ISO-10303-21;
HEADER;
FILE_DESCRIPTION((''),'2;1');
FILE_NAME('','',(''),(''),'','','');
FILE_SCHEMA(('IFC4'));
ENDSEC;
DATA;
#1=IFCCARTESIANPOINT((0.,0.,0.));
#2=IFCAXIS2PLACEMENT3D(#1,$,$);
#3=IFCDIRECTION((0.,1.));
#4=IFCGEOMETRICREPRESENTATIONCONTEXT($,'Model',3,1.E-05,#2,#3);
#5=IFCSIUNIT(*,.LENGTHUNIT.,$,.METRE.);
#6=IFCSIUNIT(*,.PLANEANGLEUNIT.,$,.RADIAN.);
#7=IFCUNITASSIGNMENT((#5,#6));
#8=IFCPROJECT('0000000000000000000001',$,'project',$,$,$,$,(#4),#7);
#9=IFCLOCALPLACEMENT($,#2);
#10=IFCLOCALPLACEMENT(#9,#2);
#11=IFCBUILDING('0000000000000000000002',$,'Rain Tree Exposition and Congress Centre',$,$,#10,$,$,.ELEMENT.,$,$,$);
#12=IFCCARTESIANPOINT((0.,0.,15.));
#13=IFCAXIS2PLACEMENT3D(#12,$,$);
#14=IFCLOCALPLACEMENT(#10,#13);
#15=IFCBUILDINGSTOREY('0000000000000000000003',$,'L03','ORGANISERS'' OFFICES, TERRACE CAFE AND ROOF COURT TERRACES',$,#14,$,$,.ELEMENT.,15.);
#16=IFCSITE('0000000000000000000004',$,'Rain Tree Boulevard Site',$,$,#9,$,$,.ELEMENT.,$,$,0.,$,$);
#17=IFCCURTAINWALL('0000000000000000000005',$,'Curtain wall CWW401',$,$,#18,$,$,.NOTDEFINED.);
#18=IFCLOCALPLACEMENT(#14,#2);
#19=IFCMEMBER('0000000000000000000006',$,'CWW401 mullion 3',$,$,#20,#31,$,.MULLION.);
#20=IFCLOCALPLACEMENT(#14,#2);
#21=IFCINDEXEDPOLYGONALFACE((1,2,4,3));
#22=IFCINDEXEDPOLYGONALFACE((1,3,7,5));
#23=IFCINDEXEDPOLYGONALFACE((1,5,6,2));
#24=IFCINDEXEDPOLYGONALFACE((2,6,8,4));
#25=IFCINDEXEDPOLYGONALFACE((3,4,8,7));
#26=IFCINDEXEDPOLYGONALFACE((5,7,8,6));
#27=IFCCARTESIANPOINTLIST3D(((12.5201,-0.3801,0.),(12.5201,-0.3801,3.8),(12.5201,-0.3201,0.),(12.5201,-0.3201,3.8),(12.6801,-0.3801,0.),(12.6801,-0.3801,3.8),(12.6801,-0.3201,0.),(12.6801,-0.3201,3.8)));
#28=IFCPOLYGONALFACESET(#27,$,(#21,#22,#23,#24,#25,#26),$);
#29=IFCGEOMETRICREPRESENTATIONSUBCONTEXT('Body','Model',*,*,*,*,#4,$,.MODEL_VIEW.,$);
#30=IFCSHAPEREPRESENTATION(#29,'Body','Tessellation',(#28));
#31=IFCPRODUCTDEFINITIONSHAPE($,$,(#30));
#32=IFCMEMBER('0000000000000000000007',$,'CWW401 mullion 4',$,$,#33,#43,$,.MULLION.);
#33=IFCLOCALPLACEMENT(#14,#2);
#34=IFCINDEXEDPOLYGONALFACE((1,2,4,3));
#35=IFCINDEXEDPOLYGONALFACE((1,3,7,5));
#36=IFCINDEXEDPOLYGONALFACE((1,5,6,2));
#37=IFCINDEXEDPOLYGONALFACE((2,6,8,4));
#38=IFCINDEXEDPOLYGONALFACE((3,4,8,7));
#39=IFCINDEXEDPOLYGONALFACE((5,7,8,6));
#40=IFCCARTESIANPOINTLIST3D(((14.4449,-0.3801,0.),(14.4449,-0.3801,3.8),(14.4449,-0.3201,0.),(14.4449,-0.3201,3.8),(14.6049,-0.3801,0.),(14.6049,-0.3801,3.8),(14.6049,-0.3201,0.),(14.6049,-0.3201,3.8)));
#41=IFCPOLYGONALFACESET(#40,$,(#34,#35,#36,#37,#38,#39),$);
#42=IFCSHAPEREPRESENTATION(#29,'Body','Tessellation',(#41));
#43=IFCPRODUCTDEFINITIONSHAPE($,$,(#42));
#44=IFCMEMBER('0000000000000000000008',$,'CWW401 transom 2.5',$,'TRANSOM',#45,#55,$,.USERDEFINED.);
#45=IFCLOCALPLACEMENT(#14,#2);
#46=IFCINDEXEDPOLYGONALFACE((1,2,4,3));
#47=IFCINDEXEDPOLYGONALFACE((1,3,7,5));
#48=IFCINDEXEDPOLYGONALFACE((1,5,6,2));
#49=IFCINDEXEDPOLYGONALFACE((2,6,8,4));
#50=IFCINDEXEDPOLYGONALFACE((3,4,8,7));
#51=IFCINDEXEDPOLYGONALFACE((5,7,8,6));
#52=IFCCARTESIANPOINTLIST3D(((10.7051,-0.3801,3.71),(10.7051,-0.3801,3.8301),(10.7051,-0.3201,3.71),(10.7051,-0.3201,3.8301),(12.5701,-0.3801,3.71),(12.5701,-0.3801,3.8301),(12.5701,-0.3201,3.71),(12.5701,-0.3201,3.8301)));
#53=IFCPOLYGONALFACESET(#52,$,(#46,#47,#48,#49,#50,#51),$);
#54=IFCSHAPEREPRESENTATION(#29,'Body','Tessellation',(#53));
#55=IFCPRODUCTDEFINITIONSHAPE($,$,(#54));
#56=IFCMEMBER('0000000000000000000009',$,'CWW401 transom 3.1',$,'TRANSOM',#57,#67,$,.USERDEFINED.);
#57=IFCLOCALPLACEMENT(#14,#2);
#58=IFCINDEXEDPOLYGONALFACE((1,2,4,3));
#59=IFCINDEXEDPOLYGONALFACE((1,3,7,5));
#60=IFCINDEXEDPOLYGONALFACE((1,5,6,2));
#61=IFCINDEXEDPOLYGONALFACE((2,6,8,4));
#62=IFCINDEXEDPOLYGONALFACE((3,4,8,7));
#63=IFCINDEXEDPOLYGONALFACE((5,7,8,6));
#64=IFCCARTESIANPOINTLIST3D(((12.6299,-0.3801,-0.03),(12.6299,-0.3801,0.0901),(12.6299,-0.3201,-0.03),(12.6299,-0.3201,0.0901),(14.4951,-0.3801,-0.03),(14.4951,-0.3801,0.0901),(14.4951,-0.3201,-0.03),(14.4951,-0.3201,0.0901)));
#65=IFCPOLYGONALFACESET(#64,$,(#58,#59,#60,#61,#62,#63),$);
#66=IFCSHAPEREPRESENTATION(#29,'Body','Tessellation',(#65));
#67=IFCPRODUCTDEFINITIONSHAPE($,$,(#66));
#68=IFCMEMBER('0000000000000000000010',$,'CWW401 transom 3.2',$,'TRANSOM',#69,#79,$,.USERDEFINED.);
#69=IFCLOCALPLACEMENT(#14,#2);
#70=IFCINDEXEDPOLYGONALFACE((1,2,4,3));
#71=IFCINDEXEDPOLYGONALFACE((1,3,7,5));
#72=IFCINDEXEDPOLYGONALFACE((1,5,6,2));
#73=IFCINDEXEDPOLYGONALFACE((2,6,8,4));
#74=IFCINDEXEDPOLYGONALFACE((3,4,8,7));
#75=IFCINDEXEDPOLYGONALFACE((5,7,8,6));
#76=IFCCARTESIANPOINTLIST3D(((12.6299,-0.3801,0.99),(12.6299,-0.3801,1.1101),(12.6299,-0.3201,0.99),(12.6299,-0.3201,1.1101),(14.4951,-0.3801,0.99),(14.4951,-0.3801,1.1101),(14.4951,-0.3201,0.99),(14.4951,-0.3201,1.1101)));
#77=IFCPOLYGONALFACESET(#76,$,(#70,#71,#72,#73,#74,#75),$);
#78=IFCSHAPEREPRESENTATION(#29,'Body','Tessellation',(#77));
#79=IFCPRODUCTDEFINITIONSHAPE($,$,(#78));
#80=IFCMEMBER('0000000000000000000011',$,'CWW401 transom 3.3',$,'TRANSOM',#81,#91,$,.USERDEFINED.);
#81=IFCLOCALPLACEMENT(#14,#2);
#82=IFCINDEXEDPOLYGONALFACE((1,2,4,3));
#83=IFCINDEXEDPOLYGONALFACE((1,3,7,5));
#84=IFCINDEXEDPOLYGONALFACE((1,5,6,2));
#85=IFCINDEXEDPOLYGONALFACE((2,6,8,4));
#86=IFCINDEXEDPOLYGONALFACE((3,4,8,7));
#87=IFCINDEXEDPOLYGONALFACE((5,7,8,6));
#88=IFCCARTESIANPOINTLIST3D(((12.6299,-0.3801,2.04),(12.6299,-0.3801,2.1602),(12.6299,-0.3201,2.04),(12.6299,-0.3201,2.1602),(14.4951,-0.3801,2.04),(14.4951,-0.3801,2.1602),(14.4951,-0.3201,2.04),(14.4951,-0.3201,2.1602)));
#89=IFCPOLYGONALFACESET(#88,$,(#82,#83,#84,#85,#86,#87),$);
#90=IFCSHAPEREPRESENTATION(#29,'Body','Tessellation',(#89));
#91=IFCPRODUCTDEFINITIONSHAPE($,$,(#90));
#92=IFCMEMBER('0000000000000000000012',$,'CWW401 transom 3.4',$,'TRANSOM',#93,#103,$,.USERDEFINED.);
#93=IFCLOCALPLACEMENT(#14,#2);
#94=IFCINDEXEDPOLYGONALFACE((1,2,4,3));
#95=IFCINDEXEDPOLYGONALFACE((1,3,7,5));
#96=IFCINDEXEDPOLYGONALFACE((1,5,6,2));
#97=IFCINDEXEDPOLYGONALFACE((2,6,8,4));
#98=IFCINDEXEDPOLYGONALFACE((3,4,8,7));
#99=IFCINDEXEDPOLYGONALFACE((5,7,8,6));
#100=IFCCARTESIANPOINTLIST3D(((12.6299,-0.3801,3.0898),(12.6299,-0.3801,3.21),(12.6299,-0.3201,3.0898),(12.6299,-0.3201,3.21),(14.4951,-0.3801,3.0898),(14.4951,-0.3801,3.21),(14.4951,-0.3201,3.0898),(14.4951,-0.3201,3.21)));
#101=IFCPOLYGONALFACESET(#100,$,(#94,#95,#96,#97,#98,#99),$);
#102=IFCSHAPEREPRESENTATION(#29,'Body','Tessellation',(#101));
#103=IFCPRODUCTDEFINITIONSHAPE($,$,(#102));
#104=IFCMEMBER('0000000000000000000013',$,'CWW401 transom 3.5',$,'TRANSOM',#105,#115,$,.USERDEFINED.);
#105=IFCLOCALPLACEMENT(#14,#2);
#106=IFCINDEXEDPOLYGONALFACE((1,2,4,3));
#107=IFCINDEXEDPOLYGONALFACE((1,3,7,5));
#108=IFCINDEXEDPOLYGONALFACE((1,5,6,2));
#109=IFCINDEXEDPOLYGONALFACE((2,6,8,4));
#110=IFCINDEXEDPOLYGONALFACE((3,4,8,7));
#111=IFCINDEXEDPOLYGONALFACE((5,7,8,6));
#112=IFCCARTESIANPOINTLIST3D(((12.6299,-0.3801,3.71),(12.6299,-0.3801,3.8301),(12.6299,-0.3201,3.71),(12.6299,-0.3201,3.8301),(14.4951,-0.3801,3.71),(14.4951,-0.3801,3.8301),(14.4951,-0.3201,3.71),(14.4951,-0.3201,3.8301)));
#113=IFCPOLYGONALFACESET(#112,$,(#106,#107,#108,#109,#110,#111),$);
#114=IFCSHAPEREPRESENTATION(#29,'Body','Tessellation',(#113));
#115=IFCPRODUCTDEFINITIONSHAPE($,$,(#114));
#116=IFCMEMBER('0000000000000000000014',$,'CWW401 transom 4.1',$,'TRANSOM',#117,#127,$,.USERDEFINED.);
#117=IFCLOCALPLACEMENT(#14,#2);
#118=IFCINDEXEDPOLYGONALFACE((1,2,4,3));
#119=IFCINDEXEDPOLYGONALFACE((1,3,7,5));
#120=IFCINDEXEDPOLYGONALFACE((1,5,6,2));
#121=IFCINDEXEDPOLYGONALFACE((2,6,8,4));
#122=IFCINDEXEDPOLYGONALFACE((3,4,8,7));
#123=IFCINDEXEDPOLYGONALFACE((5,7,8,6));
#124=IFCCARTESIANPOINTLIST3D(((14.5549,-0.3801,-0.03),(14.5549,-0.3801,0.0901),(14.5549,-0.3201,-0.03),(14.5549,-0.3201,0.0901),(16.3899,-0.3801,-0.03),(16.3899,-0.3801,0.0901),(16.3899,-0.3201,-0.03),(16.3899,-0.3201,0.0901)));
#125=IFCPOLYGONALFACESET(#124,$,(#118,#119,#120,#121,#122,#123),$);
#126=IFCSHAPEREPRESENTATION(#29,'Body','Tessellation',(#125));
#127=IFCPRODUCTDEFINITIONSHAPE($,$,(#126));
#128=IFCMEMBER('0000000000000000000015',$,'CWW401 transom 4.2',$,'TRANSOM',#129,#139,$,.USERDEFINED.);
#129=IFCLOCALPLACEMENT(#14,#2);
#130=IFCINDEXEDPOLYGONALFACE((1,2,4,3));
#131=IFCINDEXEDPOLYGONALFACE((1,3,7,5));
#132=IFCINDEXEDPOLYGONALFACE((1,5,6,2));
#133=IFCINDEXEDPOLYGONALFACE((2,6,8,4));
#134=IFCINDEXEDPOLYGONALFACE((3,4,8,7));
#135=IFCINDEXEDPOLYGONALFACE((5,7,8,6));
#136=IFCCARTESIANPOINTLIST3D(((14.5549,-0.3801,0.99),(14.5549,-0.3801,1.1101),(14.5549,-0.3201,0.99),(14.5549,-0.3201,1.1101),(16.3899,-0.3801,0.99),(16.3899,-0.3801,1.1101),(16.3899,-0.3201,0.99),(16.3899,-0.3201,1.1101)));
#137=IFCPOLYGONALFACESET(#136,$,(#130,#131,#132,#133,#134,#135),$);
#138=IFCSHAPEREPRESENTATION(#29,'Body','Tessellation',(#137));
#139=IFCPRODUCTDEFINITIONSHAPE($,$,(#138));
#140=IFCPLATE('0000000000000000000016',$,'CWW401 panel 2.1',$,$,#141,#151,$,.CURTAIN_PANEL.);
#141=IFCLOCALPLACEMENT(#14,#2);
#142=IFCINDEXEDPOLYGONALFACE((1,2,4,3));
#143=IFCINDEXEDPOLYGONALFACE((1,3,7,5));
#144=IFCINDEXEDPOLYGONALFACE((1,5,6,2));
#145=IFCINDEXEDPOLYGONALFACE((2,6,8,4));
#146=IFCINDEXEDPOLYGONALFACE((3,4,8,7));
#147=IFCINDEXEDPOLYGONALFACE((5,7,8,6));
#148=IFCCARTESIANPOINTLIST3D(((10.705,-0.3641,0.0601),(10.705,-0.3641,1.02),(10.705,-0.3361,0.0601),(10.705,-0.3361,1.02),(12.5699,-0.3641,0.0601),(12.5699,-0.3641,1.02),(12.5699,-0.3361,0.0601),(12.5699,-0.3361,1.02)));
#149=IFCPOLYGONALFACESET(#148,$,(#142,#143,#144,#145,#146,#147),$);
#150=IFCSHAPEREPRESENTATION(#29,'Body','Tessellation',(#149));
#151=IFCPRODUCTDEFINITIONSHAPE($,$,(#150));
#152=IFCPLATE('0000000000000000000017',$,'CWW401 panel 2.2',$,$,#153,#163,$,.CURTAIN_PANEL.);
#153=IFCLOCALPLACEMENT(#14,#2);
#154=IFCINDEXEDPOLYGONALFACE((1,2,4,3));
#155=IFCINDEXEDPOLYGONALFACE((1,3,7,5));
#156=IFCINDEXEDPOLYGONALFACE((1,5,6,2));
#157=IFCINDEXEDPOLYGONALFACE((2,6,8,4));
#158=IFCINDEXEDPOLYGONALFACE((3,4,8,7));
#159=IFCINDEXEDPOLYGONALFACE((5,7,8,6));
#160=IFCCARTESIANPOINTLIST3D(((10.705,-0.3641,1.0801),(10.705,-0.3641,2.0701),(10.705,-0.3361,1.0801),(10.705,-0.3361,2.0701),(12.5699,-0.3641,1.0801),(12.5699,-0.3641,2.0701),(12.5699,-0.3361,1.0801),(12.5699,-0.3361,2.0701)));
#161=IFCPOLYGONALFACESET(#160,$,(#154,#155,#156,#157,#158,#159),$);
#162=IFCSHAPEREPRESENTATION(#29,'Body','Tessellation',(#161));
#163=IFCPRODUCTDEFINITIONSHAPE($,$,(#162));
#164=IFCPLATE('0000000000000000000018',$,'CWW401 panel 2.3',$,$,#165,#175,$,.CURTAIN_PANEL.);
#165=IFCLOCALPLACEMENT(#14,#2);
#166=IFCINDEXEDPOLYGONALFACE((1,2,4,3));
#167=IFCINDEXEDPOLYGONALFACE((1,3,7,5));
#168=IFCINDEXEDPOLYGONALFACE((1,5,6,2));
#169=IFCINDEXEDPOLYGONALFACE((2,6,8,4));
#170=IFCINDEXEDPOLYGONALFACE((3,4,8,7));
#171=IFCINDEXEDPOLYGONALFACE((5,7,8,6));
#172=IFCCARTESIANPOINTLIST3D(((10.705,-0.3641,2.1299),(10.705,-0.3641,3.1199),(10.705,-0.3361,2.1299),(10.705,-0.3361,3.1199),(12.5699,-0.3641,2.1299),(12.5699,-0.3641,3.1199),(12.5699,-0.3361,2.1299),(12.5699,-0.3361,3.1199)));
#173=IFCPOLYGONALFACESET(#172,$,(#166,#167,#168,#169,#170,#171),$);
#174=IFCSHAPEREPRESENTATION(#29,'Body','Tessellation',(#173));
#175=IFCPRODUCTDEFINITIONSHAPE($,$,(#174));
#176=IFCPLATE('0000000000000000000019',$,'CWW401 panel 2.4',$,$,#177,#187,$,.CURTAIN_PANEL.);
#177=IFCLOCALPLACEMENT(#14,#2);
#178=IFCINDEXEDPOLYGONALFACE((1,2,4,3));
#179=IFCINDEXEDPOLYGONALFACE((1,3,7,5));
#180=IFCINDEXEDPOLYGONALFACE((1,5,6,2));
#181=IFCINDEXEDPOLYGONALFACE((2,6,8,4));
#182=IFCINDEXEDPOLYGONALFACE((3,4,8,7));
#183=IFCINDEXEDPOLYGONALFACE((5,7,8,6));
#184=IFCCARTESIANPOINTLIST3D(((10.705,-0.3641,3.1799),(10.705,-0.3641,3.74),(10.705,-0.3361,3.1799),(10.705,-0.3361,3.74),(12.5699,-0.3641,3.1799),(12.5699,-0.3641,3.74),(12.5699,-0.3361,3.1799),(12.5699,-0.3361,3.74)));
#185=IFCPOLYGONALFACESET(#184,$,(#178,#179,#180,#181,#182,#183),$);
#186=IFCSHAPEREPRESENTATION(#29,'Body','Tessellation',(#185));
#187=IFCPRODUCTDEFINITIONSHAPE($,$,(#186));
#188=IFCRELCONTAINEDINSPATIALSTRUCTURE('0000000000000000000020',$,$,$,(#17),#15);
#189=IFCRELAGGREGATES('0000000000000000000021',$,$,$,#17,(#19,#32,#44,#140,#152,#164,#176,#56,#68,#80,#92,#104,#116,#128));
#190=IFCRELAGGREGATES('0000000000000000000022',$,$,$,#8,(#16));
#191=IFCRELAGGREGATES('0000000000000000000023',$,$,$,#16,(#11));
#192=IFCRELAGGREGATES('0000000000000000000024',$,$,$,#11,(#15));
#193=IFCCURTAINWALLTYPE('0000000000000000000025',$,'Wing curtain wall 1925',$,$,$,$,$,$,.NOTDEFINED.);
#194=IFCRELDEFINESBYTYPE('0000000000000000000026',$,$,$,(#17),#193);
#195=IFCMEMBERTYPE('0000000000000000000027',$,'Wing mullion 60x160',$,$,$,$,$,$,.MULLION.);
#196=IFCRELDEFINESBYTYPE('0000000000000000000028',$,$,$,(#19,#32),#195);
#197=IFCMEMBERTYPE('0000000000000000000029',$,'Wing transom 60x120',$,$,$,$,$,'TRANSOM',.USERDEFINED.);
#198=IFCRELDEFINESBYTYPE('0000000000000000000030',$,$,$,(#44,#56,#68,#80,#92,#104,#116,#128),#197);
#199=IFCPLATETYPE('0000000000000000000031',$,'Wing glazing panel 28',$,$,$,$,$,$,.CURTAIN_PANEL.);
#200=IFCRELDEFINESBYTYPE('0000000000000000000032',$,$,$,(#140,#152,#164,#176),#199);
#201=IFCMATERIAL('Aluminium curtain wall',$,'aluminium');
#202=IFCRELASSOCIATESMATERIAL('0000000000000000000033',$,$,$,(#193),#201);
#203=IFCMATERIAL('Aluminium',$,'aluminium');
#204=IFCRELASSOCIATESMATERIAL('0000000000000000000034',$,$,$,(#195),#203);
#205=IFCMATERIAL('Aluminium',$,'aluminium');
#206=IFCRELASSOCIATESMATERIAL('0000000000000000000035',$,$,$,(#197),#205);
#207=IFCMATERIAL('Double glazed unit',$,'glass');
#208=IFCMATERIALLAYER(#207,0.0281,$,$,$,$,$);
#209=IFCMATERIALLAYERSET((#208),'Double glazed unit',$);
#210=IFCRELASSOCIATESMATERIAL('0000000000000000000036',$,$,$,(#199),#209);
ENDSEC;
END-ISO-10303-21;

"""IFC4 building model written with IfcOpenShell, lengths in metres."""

from ifc_helpers import new_model, si_unit, direction, frame, origin, origin_2d, place, context, subcontext, project, spatial, rectangle, extrude, material, layer, layer_set, material_profile, profile_set, type_object, element, aggregate, save


model = new_model("IFC4")

# Units and contexts
model_context = context("Model", 3, precision=1e-05, world=origin(), true_north=direction((0.0, 1.0)))
body_context = subcontext(model_context, "Body", "Model", "MODEL_VIEW")
ifc_project = project(units=[si_unit("LENGTHUNIT", "METRE"), si_unit("PLANEANGLEUNIT", "RADIAN")], contexts=[model_context])

# Site, building, storey
site_placement = place(None, origin())
site = spatial("IfcSite", under=ifc_project, at=site_placement, Name="Rain Tree Boulevard Site", CompositionType="ELEMENT", RefElevation=0.0)
building_placement = place(site_placement, origin())
building = spatial("IfcBuilding", under=site, at=building_placement, Name="Rain Tree Exposition and Congress Centre", CompositionType="ELEMENT")
storey_placement = place(building_placement, frame((0.0, 0.0, 15.0)))
storey = spatial("IfcBuildingStorey", under=building, at=storey_placement, Name="L03", Description="ORGANISERS' OFFICES, TERRACE CAFE AND ROOF COURT TERRACES", CompositionType="ELEMENT", Elevation=15.0)

# Curtain wall, members, plates
ifc_material_1 = material(Name="Aluminium curtain wall", Category="aluminium")
curtain_wall_type = type_object("IfcCurtainWallType", Name="Wing curtain wall 1925", PredefinedType="NOTDEFINED", material=ifc_material_1)
curtain_wall_placement = place(storey_placement, origin())
curtain_wall = element("IfcCurtainWall", 1, at=curtain_wall_placement, inside=storey, type_object=curtain_wall_type, Name="Curtain wall CWW401", PredefinedType="NOTDEFINED")
ifc_material_2 = material(Name="Aluminium", Category="aluminium")
ifc_material_profile_1 = material_profile(ifc_material_2, rectangle(XDim=0.0601, YDim=0.1599, at=origin_2d()), Name="Aluminium 60x160")
ifc_profile_set_1 = profile_set([ifc_material_profile_1], Name="Aluminium")
member_type_1 = type_object("IfcMemberType", Name="Wing mullion 60x160", PredefinedType="MULLION", material=ifc_profile_set_1)
member_1_placement = place(storey_placement, frame((12.6001, -0.3501, 0.0), z_axis=(0.0, 0.0, 1.0), x_axis=(0.0, 1.0, 0.0)))
member_1 = element("IfcMember", 2, at=member_1_placement, type_object=member_type_1, Name="CWW401 mullion 3", PredefinedType="MULLION", context=body_context, shape_type="SweptSolid", body=[
    extrude(rectangle(XDim=0.0601, YDim=0.1599, at=origin_2d()), origin(), (0.0, 0.0, 1.0), 3.8),
])
member_2_placement = place(storey_placement, frame((14.5249, -0.3501, 0.0), z_axis=(0.0, 0.0, 1.0), x_axis=(0.0, 1.0, 0.0)))
member_2 = element("IfcMember", 3, at=member_2_placement, type_object=member_type_1, Name="CWW401 mullion 4", PredefinedType="MULLION", context=body_context, shape_type="SweptSolid", body=[
    extrude(rectangle(XDim=0.0601, YDim=0.1599, at=origin_2d()), origin(), (0.0, 0.0, 1.0), 3.8),
])
ifc_material_3 = material(Name="Aluminium", Category="aluminium")
ifc_material_profile_2 = material_profile(ifc_material_3, rectangle(XDim=0.0601, YDim=0.1201, at=origin_2d()), Name="Aluminium 60x120")
ifc_profile_set_2 = profile_set([ifc_material_profile_2], Name="Aluminium")
member_type_2 = type_object("IfcMemberType", Name="Wing transom 60x120", ElementType="TRANSOM", PredefinedType="USERDEFINED", material=ifc_profile_set_2)
member_3_placement = place(storey_placement, frame((10.7051, -0.3501, 3.77), z_axis=(1.0, 0.0, 0.0), x_axis=(0.0, 1.0, 0.0)))
member_3 = element("IfcMember", 4, at=member_3_placement, type_object=member_type_2, Name="CWW401 transom 2.5", ObjectType="TRANSOM", PredefinedType="USERDEFINED", context=body_context, shape_type="SweptSolid", body=[
    extrude(rectangle(XDim=0.0601, YDim=0.1201, at=origin_2d()), origin(), (0.0, 0.0, 1.0), 1.865),
])
member_4_placement = place(storey_placement, frame((12.6299, -0.3501, 0.03), z_axis=(1.0, 0.0, 0.0), x_axis=(0.0, 1.0, 0.0)))
member_4 = element("IfcMember", 5, at=member_4_placement, type_object=member_type_2, Name="CWW401 transom 3.1", ObjectType="TRANSOM", PredefinedType="USERDEFINED", context=body_context, shape_type="SweptSolid", body=[
    extrude(rectangle(XDim=0.0601, YDim=0.1201, at=origin_2d()), origin(), (0.0, 0.0, 1.0), 1.8652),
])
member_5_placement = place(storey_placement, frame((12.6299, -0.3501, 1.05), z_axis=(1.0, 0.0, 0.0), x_axis=(0.0, 1.0, 0.0)))
member_5 = element("IfcMember", 6, at=member_5_placement, type_object=member_type_2, Name="CWW401 transom 3.2", ObjectType="TRANSOM", PredefinedType="USERDEFINED", context=body_context, shape_type="SweptSolid", body=[
    extrude(rectangle(XDim=0.0601, YDim=0.1201, at=origin_2d()), origin(), (0.0, 0.0, 1.0), 1.8652),
])
member_6_placement = place(storey_placement, frame((12.6299, -0.3501, 2.1001), z_axis=(1.0, 0.0, 0.0), x_axis=(0.0, 1.0, 0.0)))
member_6 = element("IfcMember", 7, at=member_6_placement, type_object=member_type_2, Name="CWW401 transom 3.3", ObjectType="TRANSOM", PredefinedType="USERDEFINED", context=body_context, shape_type="SweptSolid", body=[
    extrude(rectangle(XDim=0.0601, YDim=0.1201, at=origin_2d()), origin(), (0.0, 0.0, 1.0), 1.8652),
])
member_7_placement = place(storey_placement, frame((12.6299, -0.3501, 3.1499), z_axis=(1.0, 0.0, 0.0), x_axis=(0.0, 1.0, 0.0)))
member_7 = element("IfcMember", 8, at=member_7_placement, type_object=member_type_2, Name="CWW401 transom 3.4", ObjectType="TRANSOM", PredefinedType="USERDEFINED", context=body_context, shape_type="SweptSolid", body=[
    extrude(rectangle(XDim=0.0601, YDim=0.1201, at=origin_2d()), origin(), (0.0, 0.0, 1.0), 1.8652),
])
member_8_placement = place(storey_placement, frame((12.6299, -0.3501, 3.77), z_axis=(1.0, 0.0, 0.0), x_axis=(0.0, 1.0, 0.0)))
member_8 = element("IfcMember", 9, at=member_8_placement, type_object=member_type_2, Name="CWW401 transom 3.5", ObjectType="TRANSOM", PredefinedType="USERDEFINED", context=body_context, shape_type="SweptSolid", body=[
    extrude(rectangle(XDim=0.0601, YDim=0.1201, at=origin_2d()), origin(), (0.0, 0.0, 1.0), 1.8652),
])
member_9_placement = place(storey_placement, frame((14.5549, -0.3501, 0.03), z_axis=(1.0, 0.0, 0.0), x_axis=(0.0, 1.0, 0.0)))
member_9 = element("IfcMember", 10, at=member_9_placement, type_object=member_type_2, Name="CWW401 transom 4.1", ObjectType="TRANSOM", PredefinedType="USERDEFINED", context=body_context, shape_type="SweptSolid", body=[
    extrude(rectangle(XDim=0.0601, YDim=0.1201, at=origin_2d()), origin(), (0.0, 0.0, 1.0), 1.835),
])
member_10_placement = place(storey_placement, frame((14.5549, -0.3501, 1.05), z_axis=(1.0, 0.0, 0.0), x_axis=(0.0, 1.0, 0.0)))
member_10 = element("IfcMember", 11, at=member_10_placement, type_object=member_type_2, Name="CWW401 transom 4.2", ObjectType="TRANSOM", PredefinedType="USERDEFINED", context=body_context, shape_type="SweptSolid", body=[
    extrude(rectangle(XDim=0.0601, YDim=0.1201, at=origin_2d()), origin(), (0.0, 0.0, 1.0), 1.835),
])
ifc_material_4 = material(Name="Double glazed unit", Category="glass")
ifc_layer_1 = layer(ifc_material_4, 0.0281)
ifc_layer_set_1 = layer_set([ifc_layer_1], Name="Double glazed unit")
plate_type = type_object("IfcPlateType", Name="Wing glazing panel 28", PredefinedType="CURTAIN_PANEL", material=ifc_layer_set_1)
plate_1_placement = place(storey_placement, frame((11.6375, -0.3501, 0.0601), z_axis=(0.0, 0.0, 1.0), x_axis=(1.0, 0.0, 0.0)))
plate_1 = element("IfcPlate", 12, at=plate_1_placement, type_object=plate_type, Name="CWW401 panel 2.1", PredefinedType="CURTAIN_PANEL", context=body_context, shape_type="SweptSolid", body=[
    extrude(rectangle(XDim=1.865, YDim=0.0281, at=origin_2d()), origin(), (0.0, 0.0, 1.0), 0.96),
])
plate_2_placement = place(storey_placement, frame((11.6375, -0.3501, 1.0801), z_axis=(0.0, 0.0, 1.0), x_axis=(1.0, 0.0, 0.0)))
plate_2 = element("IfcPlate", 13, at=plate_2_placement, type_object=plate_type, Name="CWW401 panel 2.2", PredefinedType="CURTAIN_PANEL", context=body_context, shape_type="SweptSolid", body=[
    extrude(rectangle(XDim=1.865, YDim=0.0281, at=origin_2d()), origin(), (0.0, 0.0, 1.0), 0.99),
])
plate_3_placement = place(storey_placement, frame((11.6375, -0.3501, 2.1299), z_axis=(0.0, 0.0, 1.0), x_axis=(1.0, 0.0, 0.0)))
plate_3 = element("IfcPlate", 14, at=plate_3_placement, type_object=plate_type, Name="CWW401 panel 2.3", PredefinedType="CURTAIN_PANEL", context=body_context, shape_type="SweptSolid", body=[
    extrude(rectangle(XDim=1.865, YDim=0.0281, at=origin_2d()), origin(), (0.0, 0.0, 1.0), 0.99),
])
plate_4_placement = place(storey_placement, frame((11.6375, -0.3501, 3.1799), z_axis=(0.0, 0.0, 1.0), x_axis=(1.0, 0.0, 0.0)))
plate_4 = element("IfcPlate", 15, at=plate_4_placement, type_object=plate_type, Name="CWW401 panel 2.4", PredefinedType="CURTAIN_PANEL", context=body_context, shape_type="SweptSolid", body=[
    extrude(rectangle(XDim=1.865, YDim=0.0281, at=origin_2d()), origin(), (0.0, 0.0, 1.0), 0.5601),
])
aggregate(curtain_wall, [member_1, member_2, member_3, plate_1, plate_2, plate_3, plate_4, member_4, member_5, member_6, member_7, member_8, member_9, member_10])

save(model, "model.ifc")
